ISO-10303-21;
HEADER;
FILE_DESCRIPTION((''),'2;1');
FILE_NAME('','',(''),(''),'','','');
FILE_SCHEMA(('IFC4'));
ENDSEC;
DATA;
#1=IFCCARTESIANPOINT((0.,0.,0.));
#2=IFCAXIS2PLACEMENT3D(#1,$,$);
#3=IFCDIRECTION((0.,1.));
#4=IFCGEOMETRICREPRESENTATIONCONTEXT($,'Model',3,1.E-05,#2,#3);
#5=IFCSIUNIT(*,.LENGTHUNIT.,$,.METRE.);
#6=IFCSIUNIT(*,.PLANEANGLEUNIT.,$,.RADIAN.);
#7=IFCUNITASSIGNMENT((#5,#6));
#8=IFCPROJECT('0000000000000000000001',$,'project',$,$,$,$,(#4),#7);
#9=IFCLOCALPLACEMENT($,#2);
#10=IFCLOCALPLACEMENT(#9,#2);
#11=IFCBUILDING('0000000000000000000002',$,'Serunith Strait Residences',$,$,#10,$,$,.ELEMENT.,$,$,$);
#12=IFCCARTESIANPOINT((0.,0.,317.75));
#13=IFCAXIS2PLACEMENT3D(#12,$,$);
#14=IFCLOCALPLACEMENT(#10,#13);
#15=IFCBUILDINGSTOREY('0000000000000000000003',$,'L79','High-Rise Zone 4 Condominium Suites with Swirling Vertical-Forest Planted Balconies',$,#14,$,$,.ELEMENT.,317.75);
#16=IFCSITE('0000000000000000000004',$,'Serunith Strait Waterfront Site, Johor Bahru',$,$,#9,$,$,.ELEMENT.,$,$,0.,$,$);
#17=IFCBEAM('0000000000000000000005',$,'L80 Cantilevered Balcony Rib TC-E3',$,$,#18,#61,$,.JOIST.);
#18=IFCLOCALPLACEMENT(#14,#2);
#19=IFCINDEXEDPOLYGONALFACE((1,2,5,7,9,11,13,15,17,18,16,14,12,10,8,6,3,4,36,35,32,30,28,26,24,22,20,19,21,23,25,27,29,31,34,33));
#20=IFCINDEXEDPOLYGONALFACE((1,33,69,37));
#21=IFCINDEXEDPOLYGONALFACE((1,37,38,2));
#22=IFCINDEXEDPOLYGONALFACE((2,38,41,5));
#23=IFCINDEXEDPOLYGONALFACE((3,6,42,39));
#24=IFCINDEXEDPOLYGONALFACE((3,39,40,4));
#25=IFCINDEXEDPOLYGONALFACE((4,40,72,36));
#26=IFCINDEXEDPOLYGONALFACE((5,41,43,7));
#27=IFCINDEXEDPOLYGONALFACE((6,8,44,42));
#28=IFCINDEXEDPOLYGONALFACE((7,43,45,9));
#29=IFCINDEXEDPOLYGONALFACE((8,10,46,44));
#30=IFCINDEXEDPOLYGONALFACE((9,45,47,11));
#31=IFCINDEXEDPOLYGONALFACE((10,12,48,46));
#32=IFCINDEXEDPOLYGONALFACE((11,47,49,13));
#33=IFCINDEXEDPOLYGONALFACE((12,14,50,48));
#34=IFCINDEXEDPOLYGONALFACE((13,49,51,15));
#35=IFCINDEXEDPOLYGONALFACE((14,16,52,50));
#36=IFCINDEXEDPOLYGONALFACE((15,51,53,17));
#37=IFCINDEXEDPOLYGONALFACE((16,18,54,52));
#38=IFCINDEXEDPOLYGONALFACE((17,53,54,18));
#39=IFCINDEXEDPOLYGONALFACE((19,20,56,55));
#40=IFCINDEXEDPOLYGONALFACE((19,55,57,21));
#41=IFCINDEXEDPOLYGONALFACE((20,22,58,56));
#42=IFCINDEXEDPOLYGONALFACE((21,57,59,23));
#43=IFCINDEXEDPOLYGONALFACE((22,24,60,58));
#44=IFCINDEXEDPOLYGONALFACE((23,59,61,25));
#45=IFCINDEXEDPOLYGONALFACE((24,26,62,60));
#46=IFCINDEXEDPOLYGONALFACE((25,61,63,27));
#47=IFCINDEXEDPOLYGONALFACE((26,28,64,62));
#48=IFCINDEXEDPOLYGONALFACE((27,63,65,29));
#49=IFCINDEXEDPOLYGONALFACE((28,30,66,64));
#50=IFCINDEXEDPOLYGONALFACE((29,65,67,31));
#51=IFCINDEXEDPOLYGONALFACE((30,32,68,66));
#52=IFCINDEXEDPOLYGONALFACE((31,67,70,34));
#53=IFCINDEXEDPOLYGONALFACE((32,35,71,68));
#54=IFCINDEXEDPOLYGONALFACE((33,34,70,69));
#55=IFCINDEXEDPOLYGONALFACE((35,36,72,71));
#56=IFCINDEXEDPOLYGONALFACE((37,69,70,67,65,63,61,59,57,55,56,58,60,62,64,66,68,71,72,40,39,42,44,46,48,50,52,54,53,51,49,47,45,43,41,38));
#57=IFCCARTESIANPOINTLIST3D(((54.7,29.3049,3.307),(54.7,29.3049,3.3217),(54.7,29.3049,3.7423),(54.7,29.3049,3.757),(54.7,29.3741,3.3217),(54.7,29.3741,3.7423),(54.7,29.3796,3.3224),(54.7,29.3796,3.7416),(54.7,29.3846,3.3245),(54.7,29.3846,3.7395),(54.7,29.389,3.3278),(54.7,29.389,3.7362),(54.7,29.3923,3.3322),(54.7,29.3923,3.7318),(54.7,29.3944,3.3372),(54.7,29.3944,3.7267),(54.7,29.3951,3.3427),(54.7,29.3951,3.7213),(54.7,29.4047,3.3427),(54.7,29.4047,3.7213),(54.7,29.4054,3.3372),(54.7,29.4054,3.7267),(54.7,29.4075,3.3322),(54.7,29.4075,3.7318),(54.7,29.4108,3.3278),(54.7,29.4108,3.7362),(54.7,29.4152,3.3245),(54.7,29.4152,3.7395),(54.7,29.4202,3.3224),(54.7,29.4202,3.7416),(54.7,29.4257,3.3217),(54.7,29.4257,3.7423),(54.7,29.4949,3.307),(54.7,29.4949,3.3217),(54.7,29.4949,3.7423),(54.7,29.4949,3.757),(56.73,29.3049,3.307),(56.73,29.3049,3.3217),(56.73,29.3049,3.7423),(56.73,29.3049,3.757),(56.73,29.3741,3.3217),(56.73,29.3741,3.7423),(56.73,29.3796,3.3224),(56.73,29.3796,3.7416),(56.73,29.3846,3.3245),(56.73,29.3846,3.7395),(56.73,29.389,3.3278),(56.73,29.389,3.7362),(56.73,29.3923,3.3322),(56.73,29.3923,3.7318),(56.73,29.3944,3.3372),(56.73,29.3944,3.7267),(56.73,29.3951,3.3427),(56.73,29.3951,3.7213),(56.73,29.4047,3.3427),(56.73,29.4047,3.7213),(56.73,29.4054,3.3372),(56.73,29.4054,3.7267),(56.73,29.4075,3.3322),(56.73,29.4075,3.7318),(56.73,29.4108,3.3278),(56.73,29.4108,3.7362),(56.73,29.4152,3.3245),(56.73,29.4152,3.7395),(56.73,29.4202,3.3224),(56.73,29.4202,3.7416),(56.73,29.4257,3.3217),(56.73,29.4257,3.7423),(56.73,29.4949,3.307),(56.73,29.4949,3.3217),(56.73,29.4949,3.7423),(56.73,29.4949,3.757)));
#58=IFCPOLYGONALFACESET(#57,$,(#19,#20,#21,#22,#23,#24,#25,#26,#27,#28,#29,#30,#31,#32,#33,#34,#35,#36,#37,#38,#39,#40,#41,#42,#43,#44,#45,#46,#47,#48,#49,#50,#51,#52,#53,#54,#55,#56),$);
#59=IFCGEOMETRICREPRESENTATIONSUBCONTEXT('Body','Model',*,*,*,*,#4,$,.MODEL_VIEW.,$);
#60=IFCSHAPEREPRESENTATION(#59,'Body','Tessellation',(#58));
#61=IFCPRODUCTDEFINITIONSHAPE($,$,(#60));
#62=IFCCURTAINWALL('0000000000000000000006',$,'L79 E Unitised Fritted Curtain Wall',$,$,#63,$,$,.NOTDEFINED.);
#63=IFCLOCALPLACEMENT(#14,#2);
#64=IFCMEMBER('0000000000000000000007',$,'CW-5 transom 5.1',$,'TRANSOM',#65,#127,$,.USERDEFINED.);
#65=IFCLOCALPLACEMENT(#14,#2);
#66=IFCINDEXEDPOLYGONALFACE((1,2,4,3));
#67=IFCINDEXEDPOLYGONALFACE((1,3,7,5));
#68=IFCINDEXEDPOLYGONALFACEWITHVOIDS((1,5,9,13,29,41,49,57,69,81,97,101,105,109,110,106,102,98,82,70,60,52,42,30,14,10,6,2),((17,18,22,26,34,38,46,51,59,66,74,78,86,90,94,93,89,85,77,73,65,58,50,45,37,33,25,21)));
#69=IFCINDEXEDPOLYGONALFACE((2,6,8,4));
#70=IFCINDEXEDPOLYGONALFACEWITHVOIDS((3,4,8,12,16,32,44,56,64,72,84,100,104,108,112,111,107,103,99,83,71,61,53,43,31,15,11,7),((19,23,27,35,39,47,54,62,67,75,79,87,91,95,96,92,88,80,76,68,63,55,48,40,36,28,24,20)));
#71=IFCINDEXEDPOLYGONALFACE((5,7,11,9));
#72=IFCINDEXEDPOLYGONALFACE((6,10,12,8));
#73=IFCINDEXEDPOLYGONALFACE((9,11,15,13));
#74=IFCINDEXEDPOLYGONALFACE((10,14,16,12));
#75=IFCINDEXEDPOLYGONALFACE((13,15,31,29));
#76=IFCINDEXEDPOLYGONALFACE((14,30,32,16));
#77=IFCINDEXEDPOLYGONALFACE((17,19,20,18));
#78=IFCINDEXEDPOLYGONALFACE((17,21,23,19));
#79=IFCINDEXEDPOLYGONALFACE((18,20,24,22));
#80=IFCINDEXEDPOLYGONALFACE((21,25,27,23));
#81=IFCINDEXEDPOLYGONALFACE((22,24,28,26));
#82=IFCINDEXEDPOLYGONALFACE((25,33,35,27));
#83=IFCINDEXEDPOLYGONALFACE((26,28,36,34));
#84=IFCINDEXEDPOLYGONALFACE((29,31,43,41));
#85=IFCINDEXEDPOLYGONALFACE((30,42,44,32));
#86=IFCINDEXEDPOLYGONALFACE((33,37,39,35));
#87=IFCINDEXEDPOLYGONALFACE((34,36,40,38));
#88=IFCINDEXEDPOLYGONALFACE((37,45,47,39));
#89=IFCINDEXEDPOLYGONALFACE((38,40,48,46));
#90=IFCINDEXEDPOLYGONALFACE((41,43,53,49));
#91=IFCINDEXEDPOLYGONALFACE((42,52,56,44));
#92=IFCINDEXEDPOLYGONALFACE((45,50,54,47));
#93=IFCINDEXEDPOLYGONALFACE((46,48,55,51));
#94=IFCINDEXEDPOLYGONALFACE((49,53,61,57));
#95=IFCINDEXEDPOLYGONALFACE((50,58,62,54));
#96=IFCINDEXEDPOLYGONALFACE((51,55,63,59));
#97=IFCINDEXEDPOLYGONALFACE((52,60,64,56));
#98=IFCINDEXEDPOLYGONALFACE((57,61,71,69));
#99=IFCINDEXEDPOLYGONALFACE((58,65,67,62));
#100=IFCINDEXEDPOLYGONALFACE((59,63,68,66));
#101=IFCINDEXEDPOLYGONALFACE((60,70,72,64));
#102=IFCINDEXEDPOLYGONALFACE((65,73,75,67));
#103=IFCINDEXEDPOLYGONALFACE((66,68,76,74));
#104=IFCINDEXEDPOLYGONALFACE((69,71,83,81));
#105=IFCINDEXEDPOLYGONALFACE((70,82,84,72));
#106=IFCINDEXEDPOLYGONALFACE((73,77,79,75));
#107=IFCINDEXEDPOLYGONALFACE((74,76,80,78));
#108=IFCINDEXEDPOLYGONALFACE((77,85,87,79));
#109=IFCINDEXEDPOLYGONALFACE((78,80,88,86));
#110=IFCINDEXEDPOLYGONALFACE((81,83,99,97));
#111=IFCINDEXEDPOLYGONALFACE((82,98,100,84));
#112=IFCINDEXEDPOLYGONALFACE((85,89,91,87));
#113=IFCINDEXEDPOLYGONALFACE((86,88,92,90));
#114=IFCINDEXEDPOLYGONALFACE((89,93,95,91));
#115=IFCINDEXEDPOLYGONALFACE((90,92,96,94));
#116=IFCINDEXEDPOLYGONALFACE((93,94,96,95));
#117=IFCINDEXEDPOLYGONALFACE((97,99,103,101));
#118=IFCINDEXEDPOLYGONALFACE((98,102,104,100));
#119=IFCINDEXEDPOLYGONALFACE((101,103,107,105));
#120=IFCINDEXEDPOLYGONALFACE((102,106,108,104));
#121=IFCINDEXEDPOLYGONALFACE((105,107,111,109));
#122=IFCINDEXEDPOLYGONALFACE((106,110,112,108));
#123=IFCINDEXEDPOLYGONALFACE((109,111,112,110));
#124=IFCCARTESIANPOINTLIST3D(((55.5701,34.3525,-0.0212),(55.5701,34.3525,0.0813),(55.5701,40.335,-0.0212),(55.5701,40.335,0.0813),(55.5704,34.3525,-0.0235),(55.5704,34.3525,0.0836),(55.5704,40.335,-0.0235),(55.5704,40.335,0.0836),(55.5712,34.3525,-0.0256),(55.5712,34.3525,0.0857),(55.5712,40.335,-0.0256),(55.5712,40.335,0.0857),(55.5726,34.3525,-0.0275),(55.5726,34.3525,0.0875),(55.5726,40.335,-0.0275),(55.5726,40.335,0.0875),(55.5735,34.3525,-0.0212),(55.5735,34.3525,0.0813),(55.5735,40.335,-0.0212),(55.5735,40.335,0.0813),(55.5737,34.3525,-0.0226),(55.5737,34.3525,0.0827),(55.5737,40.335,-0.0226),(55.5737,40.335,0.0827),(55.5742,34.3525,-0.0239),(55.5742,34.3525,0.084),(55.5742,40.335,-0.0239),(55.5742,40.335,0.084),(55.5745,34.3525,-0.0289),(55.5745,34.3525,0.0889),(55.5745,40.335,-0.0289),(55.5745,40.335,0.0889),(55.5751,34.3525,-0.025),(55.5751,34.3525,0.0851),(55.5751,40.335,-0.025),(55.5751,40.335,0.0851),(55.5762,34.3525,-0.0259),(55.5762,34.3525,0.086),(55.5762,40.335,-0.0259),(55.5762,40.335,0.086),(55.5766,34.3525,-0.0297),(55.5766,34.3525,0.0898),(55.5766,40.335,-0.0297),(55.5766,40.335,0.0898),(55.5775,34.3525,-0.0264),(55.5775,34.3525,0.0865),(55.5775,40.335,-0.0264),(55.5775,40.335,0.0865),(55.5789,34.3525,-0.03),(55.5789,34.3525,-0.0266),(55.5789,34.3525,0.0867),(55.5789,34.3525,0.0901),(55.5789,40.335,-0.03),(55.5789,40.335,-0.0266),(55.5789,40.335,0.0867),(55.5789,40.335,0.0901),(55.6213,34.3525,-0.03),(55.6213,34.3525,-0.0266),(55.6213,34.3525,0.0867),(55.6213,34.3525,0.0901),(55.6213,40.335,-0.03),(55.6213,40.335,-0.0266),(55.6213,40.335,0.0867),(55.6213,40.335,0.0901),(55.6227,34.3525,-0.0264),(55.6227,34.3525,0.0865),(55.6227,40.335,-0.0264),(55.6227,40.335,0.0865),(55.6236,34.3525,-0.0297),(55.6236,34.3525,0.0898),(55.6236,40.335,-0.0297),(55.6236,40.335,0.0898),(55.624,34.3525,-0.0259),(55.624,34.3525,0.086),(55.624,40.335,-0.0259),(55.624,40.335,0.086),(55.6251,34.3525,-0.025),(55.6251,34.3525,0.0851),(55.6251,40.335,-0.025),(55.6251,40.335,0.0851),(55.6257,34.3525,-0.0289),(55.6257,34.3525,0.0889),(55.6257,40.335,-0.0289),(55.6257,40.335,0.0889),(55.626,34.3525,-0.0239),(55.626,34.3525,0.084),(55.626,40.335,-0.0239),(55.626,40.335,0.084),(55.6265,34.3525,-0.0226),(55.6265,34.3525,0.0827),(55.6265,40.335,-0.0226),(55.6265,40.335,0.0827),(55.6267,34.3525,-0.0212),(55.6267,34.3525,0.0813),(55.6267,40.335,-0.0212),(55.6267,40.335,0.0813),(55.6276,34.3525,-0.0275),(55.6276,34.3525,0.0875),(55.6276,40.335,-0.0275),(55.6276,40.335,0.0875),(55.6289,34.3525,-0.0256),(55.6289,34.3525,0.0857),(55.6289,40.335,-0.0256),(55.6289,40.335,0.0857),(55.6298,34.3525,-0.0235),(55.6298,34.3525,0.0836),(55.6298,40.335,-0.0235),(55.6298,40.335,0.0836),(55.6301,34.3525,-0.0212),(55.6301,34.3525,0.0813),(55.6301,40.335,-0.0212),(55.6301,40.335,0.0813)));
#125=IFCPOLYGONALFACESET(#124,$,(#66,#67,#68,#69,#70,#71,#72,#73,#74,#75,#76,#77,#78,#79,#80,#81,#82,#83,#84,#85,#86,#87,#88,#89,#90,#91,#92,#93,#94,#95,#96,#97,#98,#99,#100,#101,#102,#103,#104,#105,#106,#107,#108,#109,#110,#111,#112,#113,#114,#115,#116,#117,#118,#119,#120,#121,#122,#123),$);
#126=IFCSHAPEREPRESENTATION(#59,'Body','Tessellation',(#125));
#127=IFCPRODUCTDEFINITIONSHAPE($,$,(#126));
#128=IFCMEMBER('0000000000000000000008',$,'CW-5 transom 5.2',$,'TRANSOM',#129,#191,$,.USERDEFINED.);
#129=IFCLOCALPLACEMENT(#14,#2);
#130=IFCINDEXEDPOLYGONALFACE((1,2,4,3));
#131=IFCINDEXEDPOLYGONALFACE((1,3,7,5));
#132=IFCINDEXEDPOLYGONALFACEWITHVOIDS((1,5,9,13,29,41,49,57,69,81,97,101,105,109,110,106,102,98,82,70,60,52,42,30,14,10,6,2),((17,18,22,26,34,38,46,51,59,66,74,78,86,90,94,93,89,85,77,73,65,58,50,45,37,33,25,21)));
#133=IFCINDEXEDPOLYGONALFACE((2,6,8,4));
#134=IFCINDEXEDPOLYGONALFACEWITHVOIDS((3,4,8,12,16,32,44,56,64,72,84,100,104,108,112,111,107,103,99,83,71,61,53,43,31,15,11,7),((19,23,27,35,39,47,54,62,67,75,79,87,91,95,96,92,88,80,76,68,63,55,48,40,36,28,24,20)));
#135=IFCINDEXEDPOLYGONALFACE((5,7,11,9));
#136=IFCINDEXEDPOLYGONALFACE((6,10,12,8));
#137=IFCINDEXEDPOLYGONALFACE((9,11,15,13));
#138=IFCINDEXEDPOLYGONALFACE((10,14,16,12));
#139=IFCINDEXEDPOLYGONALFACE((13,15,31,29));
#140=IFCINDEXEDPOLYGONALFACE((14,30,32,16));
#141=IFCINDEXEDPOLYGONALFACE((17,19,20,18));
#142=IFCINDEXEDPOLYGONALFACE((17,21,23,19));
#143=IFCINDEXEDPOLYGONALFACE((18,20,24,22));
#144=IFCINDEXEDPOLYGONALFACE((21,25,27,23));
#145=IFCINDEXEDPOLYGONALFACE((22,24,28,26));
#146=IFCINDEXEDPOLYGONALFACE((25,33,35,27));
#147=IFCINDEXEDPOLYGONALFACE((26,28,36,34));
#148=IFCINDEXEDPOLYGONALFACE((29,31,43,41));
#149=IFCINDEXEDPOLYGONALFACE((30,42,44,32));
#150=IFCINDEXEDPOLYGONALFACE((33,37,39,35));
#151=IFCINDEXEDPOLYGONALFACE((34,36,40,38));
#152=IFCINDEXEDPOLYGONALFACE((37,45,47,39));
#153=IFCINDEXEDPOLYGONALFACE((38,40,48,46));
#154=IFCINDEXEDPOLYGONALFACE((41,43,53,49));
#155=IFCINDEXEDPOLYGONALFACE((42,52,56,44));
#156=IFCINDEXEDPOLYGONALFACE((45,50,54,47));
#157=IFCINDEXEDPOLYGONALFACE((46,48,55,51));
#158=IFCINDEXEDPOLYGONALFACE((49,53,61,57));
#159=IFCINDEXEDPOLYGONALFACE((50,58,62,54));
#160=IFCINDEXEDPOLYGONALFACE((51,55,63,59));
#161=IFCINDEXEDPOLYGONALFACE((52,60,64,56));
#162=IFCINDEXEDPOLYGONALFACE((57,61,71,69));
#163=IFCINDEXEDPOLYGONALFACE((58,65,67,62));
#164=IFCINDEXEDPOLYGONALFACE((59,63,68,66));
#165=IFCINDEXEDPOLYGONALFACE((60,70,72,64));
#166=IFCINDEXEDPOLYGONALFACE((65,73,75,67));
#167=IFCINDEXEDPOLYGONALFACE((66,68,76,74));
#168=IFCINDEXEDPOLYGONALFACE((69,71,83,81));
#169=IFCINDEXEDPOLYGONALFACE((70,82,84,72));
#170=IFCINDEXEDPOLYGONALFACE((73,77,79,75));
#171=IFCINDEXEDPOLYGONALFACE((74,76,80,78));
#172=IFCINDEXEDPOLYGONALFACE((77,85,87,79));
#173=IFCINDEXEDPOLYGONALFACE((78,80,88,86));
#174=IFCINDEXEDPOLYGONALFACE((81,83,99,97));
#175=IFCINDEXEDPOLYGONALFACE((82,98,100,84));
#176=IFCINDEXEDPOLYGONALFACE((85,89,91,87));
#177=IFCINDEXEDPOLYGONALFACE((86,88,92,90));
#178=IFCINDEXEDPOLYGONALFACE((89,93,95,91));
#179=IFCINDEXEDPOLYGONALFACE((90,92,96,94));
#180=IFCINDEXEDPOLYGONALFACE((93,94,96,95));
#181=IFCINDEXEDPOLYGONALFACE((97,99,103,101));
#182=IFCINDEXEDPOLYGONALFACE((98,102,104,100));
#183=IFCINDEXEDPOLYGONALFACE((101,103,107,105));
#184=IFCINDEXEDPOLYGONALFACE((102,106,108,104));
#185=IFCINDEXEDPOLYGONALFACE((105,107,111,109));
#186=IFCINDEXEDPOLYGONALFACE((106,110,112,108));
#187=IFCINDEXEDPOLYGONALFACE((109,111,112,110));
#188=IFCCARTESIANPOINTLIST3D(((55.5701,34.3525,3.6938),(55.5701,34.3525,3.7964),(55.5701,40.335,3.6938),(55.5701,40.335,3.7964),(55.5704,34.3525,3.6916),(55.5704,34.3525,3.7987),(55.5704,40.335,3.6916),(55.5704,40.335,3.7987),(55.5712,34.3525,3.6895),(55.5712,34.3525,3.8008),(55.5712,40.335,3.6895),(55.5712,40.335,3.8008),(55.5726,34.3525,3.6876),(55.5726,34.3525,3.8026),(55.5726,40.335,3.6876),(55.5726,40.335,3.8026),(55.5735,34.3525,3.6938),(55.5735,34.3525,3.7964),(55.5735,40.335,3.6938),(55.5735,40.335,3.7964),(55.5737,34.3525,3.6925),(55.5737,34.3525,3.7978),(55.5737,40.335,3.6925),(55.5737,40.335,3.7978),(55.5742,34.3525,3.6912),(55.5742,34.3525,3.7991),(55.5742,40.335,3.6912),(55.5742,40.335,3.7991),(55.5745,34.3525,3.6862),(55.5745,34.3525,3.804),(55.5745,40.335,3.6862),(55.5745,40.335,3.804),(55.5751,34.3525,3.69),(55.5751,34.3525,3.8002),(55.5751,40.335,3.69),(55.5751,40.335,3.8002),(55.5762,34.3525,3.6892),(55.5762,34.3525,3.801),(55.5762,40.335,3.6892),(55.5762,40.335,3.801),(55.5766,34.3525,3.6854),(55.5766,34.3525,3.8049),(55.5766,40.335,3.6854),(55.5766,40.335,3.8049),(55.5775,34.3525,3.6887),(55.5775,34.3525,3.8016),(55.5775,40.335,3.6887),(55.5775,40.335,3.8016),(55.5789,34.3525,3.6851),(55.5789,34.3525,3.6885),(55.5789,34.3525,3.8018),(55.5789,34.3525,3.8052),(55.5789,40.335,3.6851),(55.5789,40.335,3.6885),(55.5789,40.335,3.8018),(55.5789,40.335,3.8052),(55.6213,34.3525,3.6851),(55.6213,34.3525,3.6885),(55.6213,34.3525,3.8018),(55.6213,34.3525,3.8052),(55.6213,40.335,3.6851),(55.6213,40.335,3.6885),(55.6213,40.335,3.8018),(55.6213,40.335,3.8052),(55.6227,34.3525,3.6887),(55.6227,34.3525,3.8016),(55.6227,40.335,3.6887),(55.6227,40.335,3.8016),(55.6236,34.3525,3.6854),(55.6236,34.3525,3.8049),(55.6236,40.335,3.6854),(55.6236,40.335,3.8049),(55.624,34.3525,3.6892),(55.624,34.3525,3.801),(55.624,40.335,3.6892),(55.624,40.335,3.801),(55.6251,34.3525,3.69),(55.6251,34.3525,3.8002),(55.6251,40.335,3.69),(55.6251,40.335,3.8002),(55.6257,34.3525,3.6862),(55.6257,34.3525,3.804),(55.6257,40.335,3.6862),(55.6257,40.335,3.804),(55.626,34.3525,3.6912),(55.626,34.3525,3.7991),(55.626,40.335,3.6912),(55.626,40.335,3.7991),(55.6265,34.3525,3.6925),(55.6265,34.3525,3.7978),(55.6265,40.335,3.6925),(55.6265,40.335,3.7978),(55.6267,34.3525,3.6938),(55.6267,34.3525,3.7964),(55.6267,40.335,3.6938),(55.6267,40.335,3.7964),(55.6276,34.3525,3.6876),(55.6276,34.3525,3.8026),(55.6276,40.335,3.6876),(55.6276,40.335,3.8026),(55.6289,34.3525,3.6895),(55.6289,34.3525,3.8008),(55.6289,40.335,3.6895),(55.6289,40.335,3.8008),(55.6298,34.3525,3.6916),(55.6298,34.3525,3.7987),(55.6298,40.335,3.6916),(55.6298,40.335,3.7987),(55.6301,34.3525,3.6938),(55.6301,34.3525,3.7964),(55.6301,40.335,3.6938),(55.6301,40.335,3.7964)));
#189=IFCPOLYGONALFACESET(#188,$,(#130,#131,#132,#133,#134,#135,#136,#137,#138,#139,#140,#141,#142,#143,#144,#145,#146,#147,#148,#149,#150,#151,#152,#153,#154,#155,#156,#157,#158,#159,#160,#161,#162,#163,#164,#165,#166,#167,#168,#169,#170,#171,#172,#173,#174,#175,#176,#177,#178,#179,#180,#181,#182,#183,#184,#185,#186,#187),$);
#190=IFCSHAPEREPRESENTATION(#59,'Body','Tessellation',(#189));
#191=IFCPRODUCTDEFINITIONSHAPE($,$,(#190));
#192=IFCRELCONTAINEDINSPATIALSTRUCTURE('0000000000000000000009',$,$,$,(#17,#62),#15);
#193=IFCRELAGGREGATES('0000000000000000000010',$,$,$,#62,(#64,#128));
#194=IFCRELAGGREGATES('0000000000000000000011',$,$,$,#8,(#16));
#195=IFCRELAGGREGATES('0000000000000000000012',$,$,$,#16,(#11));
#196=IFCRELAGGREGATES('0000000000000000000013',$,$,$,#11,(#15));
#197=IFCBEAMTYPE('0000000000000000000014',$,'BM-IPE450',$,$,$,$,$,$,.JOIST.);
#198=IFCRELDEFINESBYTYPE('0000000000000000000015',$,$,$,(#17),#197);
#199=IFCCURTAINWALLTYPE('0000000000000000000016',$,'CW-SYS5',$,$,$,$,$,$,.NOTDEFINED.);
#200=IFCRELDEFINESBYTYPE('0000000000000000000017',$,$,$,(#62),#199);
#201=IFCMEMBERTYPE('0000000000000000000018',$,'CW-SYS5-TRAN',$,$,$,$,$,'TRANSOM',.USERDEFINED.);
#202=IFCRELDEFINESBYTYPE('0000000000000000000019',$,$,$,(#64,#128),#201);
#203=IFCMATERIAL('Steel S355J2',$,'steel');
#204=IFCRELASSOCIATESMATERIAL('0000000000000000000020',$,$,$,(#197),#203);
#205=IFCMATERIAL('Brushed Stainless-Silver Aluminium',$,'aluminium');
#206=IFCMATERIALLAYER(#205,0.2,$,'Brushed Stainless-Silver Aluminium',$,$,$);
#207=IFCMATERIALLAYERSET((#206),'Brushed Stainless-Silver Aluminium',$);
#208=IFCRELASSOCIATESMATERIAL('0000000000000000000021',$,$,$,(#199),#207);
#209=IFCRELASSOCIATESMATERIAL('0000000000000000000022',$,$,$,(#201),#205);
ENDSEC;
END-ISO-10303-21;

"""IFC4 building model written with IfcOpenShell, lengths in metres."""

from ifc_helpers import new_model, si_unit, direction, frame, origin, origin_2d, place, context, subcontext, project, spatial, hollow_rectangle, i_section, extrude, source, transform, mapped, material, layer, layer_set, material_profile, profile_set, type_object, element, aggregate, save


model = new_model("IFC4")

# Units and contexts
model_context = context("Model", 3, precision=1e-05, world=origin(), true_north=direction((0.0, 1.0)))
body_context = subcontext(model_context, "Body", "Model", "MODEL_VIEW")
ifc_project = project(units=[si_unit("LENGTHUNIT", "METRE"), si_unit("PLANEANGLEUNIT", "RADIAN")], contexts=[model_context])

# Site, building, storey
site_placement = place(None, origin())
site = spatial("IfcSite", under=ifc_project, at=site_placement, Name="Serunith Strait Waterfront Site, Johor Bahru", CompositionType="ELEMENT", RefElevation=0.0)
building_placement = place(site_placement, origin())
building = spatial("IfcBuilding", under=site, at=building_placement, Name="Serunith Strait Residences", CompositionType="ELEMENT")
storey_placement = place(building_placement, frame((0.0, 0.0, 317.75)))
storey = spatial("IfcBuildingStorey", under=building, at=storey_placement, Name="L79", Description="High-Rise Zone 4 Condominium Suites with Swirling Vertical-Forest Planted Balconies", CompositionType="ELEMENT", Elevation=317.75)

# Beam
ifc_material_1 = material(Name="Steel S355J2", Category="steel")
ifc_material_profile_1 = material_profile(ifc_material_1, i_section(OverallWidth=0.1899, OverallDepth=0.45, WebThickness=0.0095, FlangeThickness=0.0146, FilletRadius=0.021, at=origin_2d()), Name="IPE 450")
ifc_profile_set_1 = profile_set([ifc_material_profile_1], Name="Steel S355J2")
beam_type_1 = type_object("IfcBeamType", Name="BM-IPE450", PredefinedType="JOIST", material=ifc_profile_set_1)
shared_shape_1 = source(origin(), body_context, "Body", "SweptSolid", [
    extrude(i_section(OverallWidth=0.1899, OverallDepth=0.45, WebThickness=0.0095, FlangeThickness=0.0146, FilletRadius=0.021, at=origin_2d()), origin(), (0.0, 0.0, 1.0), 2.03),
])
beam_1_placement = place(storey_placement, frame((54.7, 29.3999, 3.532), z_axis=(1.0, 0.0, 0.0), x_axis=(0.0, 1.0, 0.0)))
element("IfcBeam", 1, at=beam_1_placement, inside=storey, type_object=beam_type_1, Name="L80 Cantilevered Balcony Rib TC-E3", PredefinedType="JOIST", context=body_context, shape_type="MappedRepresentation", body=[
    mapped(shared_shape_1, transform((0.0, 0.0, 0.0), scale=1.0)),
])

# Curtain wall, members
ifc_material_2 = material(Name="Brushed Stainless-Silver Aluminium", Category="aluminium")
ifc_layer_1 = layer(ifc_material_2, 0.2, Name="Brushed Stainless-Silver Aluminium")
ifc_layer_set_1 = layer_set([ifc_layer_1], Name="Brushed Stainless-Silver Aluminium")
curtain_wall_type = type_object("IfcCurtainWallType", Name="CW-SYS5", PredefinedType="NOTDEFINED", material=ifc_layer_set_1)
curtain_wall_placement = place(storey_placement, origin())
curtain_wall = element("IfcCurtainWall", 2, at=curtain_wall_placement, inside=storey, type_object=curtain_wall_type, Name="L79 E Unitised Fritted Curtain Wall", PredefinedType="NOTDEFINED")
ifc_material_profile_2 = material_profile(ifc_material_2, hollow_rectangle(XDim=0.0601, YDim=0.1201, WallThickness=0.0034, InnerFilletRadius=0.0054, OuterFilletRadius=0.0088, at=origin_2d()), Name="ALU 120x60x3.5")
ifc_profile_set_2 = profile_set([ifc_material_profile_2], Name="Brushed Stainless-Silver Aluminium")
member_type_1 = type_object("IfcMemberType", Name="CW-SYS5-TRAN", ElementType="TRANSOM", PredefinedType="USERDEFINED", material=ifc_profile_set_2)
shared_shape_2 = source(origin(), body_context, "Body", "SweptSolid", [
    extrude(hollow_rectangle(XDim=0.0601, YDim=0.1201, WallThickness=0.0034, InnerFilletRadius=0.0054, OuterFilletRadius=0.0088, at=origin_2d()), origin(), (0.0, 0.0, 1.0), 5.9824),
])
member_1_placement = place(storey_placement, frame((55.6001, 34.3525, 0.03), z_axis=(0.0, 1.0, 0.0), x_axis=(-1.0, 0.0, 0.0)))
member_1 = element("IfcMember", 3, at=member_1_placement, type_object=member_type_1, Name="CW-5 transom 5.1", ObjectType="TRANSOM", PredefinedType="USERDEFINED", context=body_context, shape_type="MappedRepresentation", body=[
    mapped(shared_shape_2, transform((0.0, 0.0, 0.0), scale=1.0)),
])
member_2_placement = place(storey_placement, frame((55.6001, 34.3525, 3.7451), z_axis=(0.0, 1.0, 0.0), x_axis=(-1.0, 0.0, 0.0)))
member_2 = element("IfcMember", 4, at=member_2_placement, type_object=member_type_1, Name="CW-5 transom 5.2", ObjectType="TRANSOM", PredefinedType="USERDEFINED", context=body_context, shape_type="MappedRepresentation", body=[
    mapped(shared_shape_2, transform((0.0, 0.0, 0.0), scale=1.0)),
])
aggregate(curtain_wall, [member_1, member_2])

save(model, "model.ifc")
